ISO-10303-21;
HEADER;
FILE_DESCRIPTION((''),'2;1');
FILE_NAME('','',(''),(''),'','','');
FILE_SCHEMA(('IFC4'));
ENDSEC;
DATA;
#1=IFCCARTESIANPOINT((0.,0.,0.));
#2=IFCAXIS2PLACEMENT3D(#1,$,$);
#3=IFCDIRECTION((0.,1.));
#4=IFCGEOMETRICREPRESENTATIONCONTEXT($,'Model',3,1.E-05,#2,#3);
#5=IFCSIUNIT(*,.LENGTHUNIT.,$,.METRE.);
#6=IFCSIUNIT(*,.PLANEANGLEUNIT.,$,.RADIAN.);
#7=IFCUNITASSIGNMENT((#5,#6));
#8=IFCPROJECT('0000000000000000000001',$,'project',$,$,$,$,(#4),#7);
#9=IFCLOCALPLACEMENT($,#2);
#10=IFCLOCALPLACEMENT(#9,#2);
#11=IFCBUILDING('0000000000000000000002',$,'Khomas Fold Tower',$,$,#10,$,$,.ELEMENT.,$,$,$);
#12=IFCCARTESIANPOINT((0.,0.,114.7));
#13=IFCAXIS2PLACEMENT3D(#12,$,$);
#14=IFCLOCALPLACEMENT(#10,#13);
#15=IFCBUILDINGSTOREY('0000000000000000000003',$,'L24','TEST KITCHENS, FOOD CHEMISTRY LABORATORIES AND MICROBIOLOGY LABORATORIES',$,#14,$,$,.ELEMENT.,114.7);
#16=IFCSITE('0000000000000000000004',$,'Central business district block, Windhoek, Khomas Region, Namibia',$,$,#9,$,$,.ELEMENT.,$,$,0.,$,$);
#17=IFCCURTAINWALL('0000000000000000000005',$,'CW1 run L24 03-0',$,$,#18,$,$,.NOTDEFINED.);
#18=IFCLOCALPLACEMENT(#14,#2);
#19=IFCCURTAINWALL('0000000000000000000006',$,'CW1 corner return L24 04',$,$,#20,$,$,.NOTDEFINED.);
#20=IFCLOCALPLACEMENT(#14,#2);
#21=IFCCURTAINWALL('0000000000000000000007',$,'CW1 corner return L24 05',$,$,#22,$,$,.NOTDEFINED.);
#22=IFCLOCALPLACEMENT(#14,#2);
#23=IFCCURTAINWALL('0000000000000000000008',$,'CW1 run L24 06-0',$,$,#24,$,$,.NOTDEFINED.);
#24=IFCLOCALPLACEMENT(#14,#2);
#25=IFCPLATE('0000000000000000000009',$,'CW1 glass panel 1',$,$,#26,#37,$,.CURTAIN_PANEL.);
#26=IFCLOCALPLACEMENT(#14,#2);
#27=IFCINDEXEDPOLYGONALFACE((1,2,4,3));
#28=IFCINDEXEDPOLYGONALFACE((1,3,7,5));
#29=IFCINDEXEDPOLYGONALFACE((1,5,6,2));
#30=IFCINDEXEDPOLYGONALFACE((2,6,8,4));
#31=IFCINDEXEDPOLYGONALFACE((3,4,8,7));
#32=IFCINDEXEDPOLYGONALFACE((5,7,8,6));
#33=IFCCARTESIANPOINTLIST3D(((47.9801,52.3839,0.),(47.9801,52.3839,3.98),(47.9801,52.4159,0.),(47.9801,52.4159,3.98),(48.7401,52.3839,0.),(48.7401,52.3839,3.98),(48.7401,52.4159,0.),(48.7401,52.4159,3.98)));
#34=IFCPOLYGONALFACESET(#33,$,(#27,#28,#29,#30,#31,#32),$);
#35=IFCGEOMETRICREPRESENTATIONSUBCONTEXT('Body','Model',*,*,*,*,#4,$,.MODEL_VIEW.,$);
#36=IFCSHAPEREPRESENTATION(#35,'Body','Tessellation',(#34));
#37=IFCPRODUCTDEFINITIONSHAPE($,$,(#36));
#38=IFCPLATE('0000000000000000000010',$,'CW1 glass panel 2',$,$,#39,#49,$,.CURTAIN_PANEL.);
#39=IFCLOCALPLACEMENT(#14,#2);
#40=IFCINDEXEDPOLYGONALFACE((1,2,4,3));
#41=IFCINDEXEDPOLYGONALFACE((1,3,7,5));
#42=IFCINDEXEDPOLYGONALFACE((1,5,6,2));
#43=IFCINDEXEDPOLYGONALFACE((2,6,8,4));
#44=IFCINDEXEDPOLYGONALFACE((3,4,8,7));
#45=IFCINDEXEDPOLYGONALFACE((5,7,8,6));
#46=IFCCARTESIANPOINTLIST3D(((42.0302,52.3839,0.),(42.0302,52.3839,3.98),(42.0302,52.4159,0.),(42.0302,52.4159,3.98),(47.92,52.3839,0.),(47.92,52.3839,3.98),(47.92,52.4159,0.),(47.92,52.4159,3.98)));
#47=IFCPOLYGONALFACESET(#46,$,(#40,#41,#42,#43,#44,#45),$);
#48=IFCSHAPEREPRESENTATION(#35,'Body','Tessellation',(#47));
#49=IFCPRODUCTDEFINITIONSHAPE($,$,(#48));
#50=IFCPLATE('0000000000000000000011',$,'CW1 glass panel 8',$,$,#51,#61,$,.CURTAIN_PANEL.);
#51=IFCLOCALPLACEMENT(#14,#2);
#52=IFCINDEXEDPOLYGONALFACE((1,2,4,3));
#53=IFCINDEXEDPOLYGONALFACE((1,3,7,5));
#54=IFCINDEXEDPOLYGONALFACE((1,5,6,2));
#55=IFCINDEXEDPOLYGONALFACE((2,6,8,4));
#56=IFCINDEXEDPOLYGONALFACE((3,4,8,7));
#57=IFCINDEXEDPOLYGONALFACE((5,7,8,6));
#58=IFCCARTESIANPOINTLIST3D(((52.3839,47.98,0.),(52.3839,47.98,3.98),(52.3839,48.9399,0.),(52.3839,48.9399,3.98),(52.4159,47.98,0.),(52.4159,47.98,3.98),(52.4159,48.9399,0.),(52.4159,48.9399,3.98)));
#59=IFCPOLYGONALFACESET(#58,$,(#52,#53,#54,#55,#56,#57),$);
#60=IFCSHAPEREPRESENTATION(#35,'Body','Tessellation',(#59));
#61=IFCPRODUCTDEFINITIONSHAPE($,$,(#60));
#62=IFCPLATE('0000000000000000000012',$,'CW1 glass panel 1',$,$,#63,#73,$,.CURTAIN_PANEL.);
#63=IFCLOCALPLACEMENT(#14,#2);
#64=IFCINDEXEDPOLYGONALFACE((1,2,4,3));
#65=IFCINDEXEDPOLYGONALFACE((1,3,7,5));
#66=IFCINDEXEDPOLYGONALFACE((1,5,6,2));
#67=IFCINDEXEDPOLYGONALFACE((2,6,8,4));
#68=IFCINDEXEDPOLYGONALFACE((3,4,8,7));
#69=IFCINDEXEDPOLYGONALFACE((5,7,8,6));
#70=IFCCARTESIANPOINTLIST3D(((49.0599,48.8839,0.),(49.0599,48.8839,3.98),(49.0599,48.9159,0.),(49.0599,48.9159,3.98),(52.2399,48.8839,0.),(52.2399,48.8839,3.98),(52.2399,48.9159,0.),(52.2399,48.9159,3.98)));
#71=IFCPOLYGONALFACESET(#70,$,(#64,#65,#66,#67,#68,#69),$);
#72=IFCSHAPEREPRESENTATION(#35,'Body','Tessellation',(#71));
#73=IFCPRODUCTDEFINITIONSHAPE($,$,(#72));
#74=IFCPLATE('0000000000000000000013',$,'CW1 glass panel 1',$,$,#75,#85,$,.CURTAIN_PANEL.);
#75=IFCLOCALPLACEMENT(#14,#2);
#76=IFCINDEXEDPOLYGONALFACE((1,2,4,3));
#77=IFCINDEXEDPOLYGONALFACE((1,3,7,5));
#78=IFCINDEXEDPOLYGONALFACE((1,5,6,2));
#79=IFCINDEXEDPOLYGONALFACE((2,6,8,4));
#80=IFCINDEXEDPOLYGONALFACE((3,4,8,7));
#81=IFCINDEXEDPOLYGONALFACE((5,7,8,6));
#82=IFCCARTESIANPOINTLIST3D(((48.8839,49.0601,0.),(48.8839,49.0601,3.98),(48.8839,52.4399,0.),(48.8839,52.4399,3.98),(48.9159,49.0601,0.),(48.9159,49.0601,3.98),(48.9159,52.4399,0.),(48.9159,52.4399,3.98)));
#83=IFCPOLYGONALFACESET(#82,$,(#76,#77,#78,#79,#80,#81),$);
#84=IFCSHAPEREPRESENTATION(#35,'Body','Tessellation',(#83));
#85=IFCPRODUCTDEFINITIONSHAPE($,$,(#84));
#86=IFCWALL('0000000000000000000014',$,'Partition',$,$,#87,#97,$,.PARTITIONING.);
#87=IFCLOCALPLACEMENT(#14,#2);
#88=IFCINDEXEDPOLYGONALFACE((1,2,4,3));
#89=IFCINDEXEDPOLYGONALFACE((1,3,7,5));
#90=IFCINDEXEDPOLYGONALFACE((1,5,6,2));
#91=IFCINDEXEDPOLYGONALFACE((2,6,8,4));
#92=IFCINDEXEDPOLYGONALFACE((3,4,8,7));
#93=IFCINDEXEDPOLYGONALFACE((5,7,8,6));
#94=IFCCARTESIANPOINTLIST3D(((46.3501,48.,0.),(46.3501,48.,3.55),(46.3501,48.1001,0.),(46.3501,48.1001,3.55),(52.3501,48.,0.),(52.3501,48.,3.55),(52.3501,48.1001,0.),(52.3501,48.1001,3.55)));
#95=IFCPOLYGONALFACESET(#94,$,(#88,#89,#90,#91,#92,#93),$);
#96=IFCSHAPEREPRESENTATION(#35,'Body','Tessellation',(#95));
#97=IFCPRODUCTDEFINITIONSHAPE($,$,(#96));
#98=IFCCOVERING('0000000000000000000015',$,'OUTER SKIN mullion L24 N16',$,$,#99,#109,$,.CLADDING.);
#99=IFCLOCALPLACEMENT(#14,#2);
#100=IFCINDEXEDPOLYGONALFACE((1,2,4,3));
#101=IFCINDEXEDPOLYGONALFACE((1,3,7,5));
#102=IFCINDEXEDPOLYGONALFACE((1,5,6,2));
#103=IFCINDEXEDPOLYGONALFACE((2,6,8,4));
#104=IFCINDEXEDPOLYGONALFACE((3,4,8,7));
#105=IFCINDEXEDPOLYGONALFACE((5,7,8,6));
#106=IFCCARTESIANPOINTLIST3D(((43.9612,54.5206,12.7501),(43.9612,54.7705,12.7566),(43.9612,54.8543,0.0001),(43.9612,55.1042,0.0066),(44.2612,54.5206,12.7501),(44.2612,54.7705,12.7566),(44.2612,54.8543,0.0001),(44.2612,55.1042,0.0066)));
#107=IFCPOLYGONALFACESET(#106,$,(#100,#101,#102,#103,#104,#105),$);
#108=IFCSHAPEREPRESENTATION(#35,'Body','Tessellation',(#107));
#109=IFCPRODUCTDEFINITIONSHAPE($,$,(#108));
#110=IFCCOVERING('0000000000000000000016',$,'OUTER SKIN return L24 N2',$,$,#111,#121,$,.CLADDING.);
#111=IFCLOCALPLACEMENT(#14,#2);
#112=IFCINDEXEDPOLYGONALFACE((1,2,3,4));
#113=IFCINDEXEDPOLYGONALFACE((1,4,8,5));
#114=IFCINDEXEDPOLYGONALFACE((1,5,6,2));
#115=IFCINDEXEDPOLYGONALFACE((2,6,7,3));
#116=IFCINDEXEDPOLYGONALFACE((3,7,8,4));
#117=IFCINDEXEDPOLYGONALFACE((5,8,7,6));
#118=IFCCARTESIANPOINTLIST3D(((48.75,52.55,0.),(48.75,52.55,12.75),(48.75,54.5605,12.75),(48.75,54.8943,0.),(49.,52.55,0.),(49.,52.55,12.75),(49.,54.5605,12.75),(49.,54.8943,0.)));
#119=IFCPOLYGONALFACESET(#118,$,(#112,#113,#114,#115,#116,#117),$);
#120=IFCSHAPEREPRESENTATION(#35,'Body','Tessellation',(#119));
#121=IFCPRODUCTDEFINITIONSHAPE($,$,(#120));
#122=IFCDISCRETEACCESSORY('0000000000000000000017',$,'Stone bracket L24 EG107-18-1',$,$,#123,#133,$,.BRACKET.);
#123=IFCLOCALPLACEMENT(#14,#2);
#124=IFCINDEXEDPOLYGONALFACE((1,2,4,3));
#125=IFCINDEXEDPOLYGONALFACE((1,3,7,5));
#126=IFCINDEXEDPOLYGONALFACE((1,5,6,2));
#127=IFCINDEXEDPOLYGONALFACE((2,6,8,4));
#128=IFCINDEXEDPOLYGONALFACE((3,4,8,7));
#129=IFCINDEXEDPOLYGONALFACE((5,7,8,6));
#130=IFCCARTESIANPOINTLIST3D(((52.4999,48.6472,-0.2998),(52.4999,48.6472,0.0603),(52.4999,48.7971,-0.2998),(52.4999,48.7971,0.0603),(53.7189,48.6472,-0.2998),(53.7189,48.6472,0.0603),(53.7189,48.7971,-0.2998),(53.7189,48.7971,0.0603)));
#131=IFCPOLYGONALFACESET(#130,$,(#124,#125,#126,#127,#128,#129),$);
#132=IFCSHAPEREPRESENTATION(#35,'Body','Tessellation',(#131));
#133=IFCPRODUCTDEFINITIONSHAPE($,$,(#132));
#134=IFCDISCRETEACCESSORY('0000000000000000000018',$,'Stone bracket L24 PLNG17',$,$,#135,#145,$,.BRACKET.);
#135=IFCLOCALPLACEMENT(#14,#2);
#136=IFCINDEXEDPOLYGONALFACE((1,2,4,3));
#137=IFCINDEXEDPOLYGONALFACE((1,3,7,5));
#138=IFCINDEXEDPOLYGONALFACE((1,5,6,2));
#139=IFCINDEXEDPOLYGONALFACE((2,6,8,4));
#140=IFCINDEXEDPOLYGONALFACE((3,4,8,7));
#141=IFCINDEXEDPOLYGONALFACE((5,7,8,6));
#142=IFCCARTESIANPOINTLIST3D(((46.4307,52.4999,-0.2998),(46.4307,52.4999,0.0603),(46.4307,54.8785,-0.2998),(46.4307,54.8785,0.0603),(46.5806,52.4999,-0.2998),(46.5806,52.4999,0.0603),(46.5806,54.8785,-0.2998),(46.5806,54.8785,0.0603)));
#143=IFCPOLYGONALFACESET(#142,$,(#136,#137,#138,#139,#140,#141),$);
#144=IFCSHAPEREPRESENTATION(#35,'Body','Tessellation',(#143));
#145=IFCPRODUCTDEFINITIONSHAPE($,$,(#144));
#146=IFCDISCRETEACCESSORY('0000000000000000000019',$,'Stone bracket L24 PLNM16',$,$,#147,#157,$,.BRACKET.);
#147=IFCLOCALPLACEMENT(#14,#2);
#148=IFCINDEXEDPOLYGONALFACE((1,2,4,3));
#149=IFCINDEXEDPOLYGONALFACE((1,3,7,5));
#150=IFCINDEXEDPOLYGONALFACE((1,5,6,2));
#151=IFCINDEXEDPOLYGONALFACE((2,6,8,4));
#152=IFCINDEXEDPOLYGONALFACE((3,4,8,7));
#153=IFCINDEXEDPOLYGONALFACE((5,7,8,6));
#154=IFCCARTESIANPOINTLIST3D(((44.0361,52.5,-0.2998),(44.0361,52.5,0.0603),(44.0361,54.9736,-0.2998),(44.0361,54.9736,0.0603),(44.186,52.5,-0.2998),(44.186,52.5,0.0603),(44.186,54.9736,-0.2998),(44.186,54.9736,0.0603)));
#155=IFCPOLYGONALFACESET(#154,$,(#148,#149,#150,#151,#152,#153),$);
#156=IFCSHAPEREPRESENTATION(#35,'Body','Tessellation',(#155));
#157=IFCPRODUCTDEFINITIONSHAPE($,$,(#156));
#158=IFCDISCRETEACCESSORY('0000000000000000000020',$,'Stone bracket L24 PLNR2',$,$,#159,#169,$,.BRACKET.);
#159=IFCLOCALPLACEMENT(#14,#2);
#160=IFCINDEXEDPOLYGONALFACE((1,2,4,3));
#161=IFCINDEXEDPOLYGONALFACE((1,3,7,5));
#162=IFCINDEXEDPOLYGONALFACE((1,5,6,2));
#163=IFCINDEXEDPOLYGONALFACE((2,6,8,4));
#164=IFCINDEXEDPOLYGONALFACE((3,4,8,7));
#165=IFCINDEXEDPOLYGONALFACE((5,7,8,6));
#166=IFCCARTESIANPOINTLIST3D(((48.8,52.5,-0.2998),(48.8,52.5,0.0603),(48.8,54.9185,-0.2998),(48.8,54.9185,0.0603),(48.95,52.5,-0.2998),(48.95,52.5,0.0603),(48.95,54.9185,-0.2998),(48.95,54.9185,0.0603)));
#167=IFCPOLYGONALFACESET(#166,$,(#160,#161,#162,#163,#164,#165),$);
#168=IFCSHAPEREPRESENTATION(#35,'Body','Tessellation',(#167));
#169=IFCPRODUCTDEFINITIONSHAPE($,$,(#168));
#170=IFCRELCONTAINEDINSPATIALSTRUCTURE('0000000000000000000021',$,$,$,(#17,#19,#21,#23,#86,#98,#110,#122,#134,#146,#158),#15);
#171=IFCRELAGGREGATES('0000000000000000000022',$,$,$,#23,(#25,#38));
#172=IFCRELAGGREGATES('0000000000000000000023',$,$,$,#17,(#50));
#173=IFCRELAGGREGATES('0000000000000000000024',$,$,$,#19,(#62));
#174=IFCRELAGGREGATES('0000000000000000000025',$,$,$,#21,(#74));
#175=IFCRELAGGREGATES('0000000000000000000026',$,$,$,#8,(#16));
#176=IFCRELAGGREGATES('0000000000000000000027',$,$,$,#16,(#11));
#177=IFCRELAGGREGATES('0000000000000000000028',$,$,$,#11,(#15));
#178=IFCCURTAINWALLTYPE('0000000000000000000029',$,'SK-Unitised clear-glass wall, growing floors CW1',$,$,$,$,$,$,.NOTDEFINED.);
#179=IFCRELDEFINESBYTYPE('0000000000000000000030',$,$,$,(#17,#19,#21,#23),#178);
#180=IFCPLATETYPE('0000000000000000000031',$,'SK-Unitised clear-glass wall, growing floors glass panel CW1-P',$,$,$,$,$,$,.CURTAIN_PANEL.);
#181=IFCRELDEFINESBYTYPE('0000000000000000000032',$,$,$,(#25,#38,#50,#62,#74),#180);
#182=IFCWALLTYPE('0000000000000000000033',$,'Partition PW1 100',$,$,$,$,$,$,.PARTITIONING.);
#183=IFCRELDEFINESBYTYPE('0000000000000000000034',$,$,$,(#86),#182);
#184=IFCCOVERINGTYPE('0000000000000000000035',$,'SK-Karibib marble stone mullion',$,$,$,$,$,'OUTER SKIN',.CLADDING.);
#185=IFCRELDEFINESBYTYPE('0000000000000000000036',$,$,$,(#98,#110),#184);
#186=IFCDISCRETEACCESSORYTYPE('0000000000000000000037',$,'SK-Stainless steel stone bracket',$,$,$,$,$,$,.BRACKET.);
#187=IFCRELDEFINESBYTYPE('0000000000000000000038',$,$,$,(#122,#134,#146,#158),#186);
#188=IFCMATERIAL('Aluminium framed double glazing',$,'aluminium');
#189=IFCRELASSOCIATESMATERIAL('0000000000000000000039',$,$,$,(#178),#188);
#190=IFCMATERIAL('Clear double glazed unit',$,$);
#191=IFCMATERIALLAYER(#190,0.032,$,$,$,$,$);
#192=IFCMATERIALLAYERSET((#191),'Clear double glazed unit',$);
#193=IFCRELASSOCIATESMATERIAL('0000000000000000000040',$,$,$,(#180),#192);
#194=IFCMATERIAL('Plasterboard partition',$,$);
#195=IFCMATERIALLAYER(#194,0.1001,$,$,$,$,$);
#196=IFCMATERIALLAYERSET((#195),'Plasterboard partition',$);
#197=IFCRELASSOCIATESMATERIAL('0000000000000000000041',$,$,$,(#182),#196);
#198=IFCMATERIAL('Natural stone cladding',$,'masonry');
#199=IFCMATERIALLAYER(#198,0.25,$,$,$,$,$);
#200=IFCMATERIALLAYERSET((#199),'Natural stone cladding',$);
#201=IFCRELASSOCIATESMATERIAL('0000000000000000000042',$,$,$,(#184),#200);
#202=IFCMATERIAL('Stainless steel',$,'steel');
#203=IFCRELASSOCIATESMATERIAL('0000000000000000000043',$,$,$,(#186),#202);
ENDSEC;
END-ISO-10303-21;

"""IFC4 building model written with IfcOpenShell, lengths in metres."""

from ifc_helpers import new_model, si_unit, direction, frame, frame_2d, origin, origin_2d, place, context, subcontext, project, spatial, polyline, rectangle, outline, extrude, source, transform, mapped, material, layer, layer_set, type_object, element, aggregate, save


model = new_model("IFC4")

# Units and contexts
model_context = context("Model", 3, precision=1e-05, world=origin(), true_north=direction((0.0, 1.0)))
body_context = subcontext(model_context, "Body", "Model", "MODEL_VIEW")
ifc_project = project(units=[si_unit("LENGTHUNIT", "METRE"), si_unit("PLANEANGLEUNIT", "RADIAN")], contexts=[model_context])

# Site, building, storey
site_placement = place(None, origin())
site = spatial("IfcSite", under=ifc_project, at=site_placement, Name="Central business district block, Windhoek, Khomas Region, Namibia", CompositionType="ELEMENT", RefElevation=0.0)
building_placement = place(site_placement, origin())
building = spatial("IfcBuilding", under=site, at=building_placement, Name="Khomas Fold Tower", CompositionType="ELEMENT")
storey_placement = place(building_placement, frame((0.0, 0.0, 114.7)))
storey = spatial("IfcBuildingStorey", under=building, at=storey_placement, Name="L24", Description="TEST KITCHENS, FOOD CHEMISTRY LABORATORIES AND MICROBIOLOGY LABORATORIES", CompositionType="ELEMENT", Elevation=114.7)

# Curtain walls
ifc_material_1 = material(Name="Aluminium framed double glazing", Category="aluminium")
curtain_wall_type = type_object("IfcCurtainWallType", Name="SK-Unitised clear-glass wall, growing floors CW1", PredefinedType="NOTDEFINED", material=ifc_material_1)
curtain_wall_1_placement = place(storey_placement, origin())
curtain_wall_1 = element("IfcCurtainWall", 1, at=curtain_wall_1_placement, inside=storey, type_object=curtain_wall_type, Name="CW1 run L24 03-0", PredefinedType="NOTDEFINED")
curtain_wall_2_placement = place(storey_placement, origin())
curtain_wall_2 = element("IfcCurtainWall", 2, at=curtain_wall_2_placement, inside=storey, type_object=curtain_wall_type, Name="CW1 corner return L24 04", PredefinedType="NOTDEFINED")
curtain_wall_3_placement = place(storey_placement, origin())
curtain_wall_3 = element("IfcCurtainWall", 3, at=curtain_wall_3_placement, inside=storey, type_object=curtain_wall_type, Name="CW1 corner return L24 05", PredefinedType="NOTDEFINED")
curtain_wall_4_placement = place(storey_placement, origin())
curtain_wall_4 = element("IfcCurtainWall", 4, at=curtain_wall_4_placement, inside=storey, type_object=curtain_wall_type, Name="CW1 run L24 06-0", PredefinedType="NOTDEFINED")

# Plates
ifc_material_2 = material(Name="Clear double glazed unit")
ifc_layer_1 = layer(ifc_material_2, 0.032)
ifc_layer_set_1 = layer_set([ifc_layer_1], Name="Clear double glazed unit")
plate_type_1 = type_object("IfcPlateType", Name="SK-Unitised clear-glass wall, growing floors glass panel CW1-P", PredefinedType="CURTAIN_PANEL", material=ifc_layer_set_1)
shared_shape_1 = source(origin(), body_context, "Body", "SweptSolid", [
    extrude(rectangle(XDim=0.76, YDim=0.032, at=origin_2d()), origin(), (0.0, 0.0, 1.0), 3.98),
])
plate_1_placement = place(storey_placement, frame((48.3601, 52.3999, 0.0), z_axis=(0.0, 0.0, 1.0), x_axis=(-1.0, 0.0, 0.0)))
plate_1 = element("IfcPlate", 5, at=plate_1_placement, type_object=plate_type_1, Name="CW1 glass panel 1", PredefinedType="CURTAIN_PANEL", context=body_context, shape_type="MappedRepresentation", body=[
    mapped(shared_shape_1, transform((0.0, 0.0, 0.0))),
])
shared_shape_2 = source(origin(), body_context, "Body", "SweptSolid", [
    extrude(rectangle(XDim=5.8899, YDim=0.032, at=origin_2d()), origin(), (0.0, 0.0, 1.0), 3.98),
])
plate_2_placement = place(storey_placement, frame((44.9751, 52.3999, 0.0), z_axis=(0.0, 0.0, 1.0), x_axis=(-1.0, 0.0, 0.0)))
plate_2 = element("IfcPlate", 6, at=plate_2_placement, type_object=plate_type_1, Name="CW1 glass panel 2", PredefinedType="CURTAIN_PANEL", context=body_context, shape_type="MappedRepresentation", body=[
    mapped(shared_shape_2, transform((0.0, 0.0, 0.0))),
])
aggregate(curtain_wall_4, [plate_1, plate_2])
shared_shape_3 = source(origin(), body_context, "Body", "SweptSolid", [
    extrude(rectangle(XDim=0.96, YDim=0.032, at=origin_2d()), origin(), (0.0, 0.0, 1.0), 3.98),
])
plate_3_placement = place(storey_placement, frame((52.3999, 48.46, 0.0), z_axis=(0.0, 0.0, 1.0), x_axis=(0.0, 1.0, 0.0)))
plate_3 = element("IfcPlate", 7, at=plate_3_placement, type_object=plate_type_1, Name="CW1 glass panel 8", PredefinedType="CURTAIN_PANEL", context=body_context, shape_type="MappedRepresentation", body=[
    mapped(shared_shape_3, transform((0.0, 0.0, 0.0))),
])
aggregate(curtain_wall_1, [plate_3])
shared_shape_4 = source(origin(), body_context, "Body", "SweptSolid", [
    extrude(rectangle(XDim=3.1799, YDim=0.032, at=origin_2d()), origin(), (0.0, 0.0, 1.0), 3.98),
])
plate_4_placement = place(storey_placement, frame((50.6499, 48.8999, 0.0), z_axis=(0.0, 0.0, 1.0), x_axis=(-1.0, 0.0, 0.0)))
plate_4 = element("IfcPlate", 8, at=plate_4_placement, type_object=plate_type_1, Name="CW1 glass panel 1", PredefinedType="CURTAIN_PANEL", context=body_context, shape_type="MappedRepresentation", body=[
    mapped(shared_shape_4, transform((0.0, 0.0, 0.0))),
])
aggregate(curtain_wall_2, [plate_4])
shared_shape_5 = source(origin(), body_context, "Body", "SweptSolid", [
    extrude(rectangle(XDim=3.3799, YDim=0.032, at=origin_2d()), origin(), (0.0, 0.0, 1.0), 3.98),
])
plate_5_placement = place(storey_placement, frame((48.8999, 50.75, 0.0), z_axis=(0.0, 0.0, 1.0), x_axis=(0.0, 1.0, 0.0)))
plate_5 = element("IfcPlate", 9, at=plate_5_placement, type_object=plate_type_1, Name="CW1 glass panel 1", PredefinedType="CURTAIN_PANEL", context=body_context, shape_type="MappedRepresentation", body=[
    mapped(shared_shape_5, transform((0.0, 0.0, 0.0))),
])
aggregate(curtain_wall_3, [plate_5])

# Wall
ifc_material_3 = material(Name="Plasterboard partition")
ifc_layer_2 = layer(ifc_material_3, 0.1001)
ifc_layer_set_2 = layer_set([ifc_layer_2], Name="Plasterboard partition")
wall_type = type_object("IfcWallType", Name="Partition PW1 100", PredefinedType="PARTITIONING", material=ifc_layer_set_2)
shared_shape_6 = source(origin(), body_context, "Body", "SweptSolid", [
    extrude(rectangle(XDim=6.0, YDim=0.1001, at=frame_2d((3.0, 0.0))), origin(), (0.0, 0.0, 1.0), 3.55),
])
wall_placement = place(storey_placement, frame((46.3501, 48.05, 0.0), z_axis=(0.0, 0.0, 1.0), x_axis=(1.0, 0.0, 0.0)))
element("IfcWall", 10, at=wall_placement, inside=storey, type_object=wall_type, Name="Partition", PredefinedType="PARTITIONING", context=body_context, shape_type="MappedRepresentation", body=[
    mapped(shared_shape_6, transform((0.0, 0.0, 0.0))),
])

# Coverings
ifc_material_4 = material(Name="Natural stone cladding", Category="masonry")
ifc_layer_3 = layer(ifc_material_4, 0.25)
ifc_layer_set_3 = layer_set([ifc_layer_3], Name="Natural stone cladding")
covering_type = type_object("IfcCoveringType", Name="SK-Karibib marble stone mullion", ElementType="OUTER SKIN", PredefinedType="CLADDING", material=ifc_layer_set_3)
covering_1_placement = place(storey_placement, frame((43.9612, 55.1042, 0.0066), z_axis=(0.0, 0.999658, 0.026167), x_axis=(1.0, 0.0, 0.0)))
element("IfcCovering", 11, at=covering_1_placement, inside=storey, type_object=covering_type, Name="OUTER SKIN mullion L24 N16", PredefinedType="CLADDING", context=body_context, shape_type="SweptSolid", body=[
    extrude(outline(polyline([(0.0, 0.0), (0.3, 0.0), (0.3, -12.7544), (0.0, -12.7544), (0.0, 0.0)])), origin(), (0.0, 0.0, -1.0), 0.25),
])
covering_2_placement = place(storey_placement, frame((49.0, 52.55, 0.0), z_axis=(1.0, 0.0, 0.0), x_axis=(0.0, 1.0, 0.0)))
element("IfcCovering", 12, at=covering_2_placement, inside=storey, type_object=covering_type, Name="OUTER SKIN return L24 N2", PredefinedType="CLADDING", context=body_context, shape_type="SweptSolid", body=[
    extrude(outline(polyline([(0.0, 0.0), (2.3442, 0.0), (2.0105, 12.75), (0.0, 12.75), (0.0, 0.0)])), origin(), (0.0, 0.0, -1.0), 0.25),
])

# Discrete accessories
ifc_material_5 = material(Name="Stainless steel", Category="steel")
discrete_accessory_type = type_object("IfcDiscreteAccessoryType", Name="SK-Stainless steel stone bracket", PredefinedType="BRACKET", material=ifc_material_5)
shared_shape_7 = source(origin(), body_context, "Body", "SweptSolid", [
    extrude(rectangle(XDim=1.219, YDim=0.1499, at=origin_2d()), origin(), (0.0, 0.0, 1.0), 0.3601),
])
discrete_accessory_1_placement = place(storey_placement, frame((53.1094, 48.7222, -0.2998), z_axis=(0.0, 0.0, 1.0), x_axis=(1.0, 0.0, 0.0)))
element("IfcDiscreteAccessory", 13, at=discrete_accessory_1_placement, inside=storey, type_object=discrete_accessory_type, Name="Stone bracket L24 EG107-18-1", PredefinedType="BRACKET", context=body_context, shape_type="MappedRepresentation", body=[
    mapped(shared_shape_7, transform((0.0, 0.0, 0.0))),
])
shared_shape_8 = source(origin(), body_context, "Body", "SweptSolid", [
    extrude(rectangle(XDim=2.3787, YDim=0.1499, at=origin_2d()), origin(), (0.0, 0.0, 1.0), 0.3601),
])
discrete_accessory_2_placement = place(storey_placement, frame((46.5056, 53.6892, -0.2998), z_axis=(0.0, 0.0, 1.0), x_axis=(0.0, 1.0, 0.0)))
element("IfcDiscreteAccessory", 14, at=discrete_accessory_2_placement, inside=storey, type_object=discrete_accessory_type, Name="Stone bracket L24 PLNG17", PredefinedType="BRACKET", context=body_context, shape_type="MappedRepresentation", body=[
    mapped(shared_shape_8, transform((0.0, 0.0, 0.0))),
])
shared_shape_9 = source(origin(), body_context, "Body", "SweptSolid", [
    extrude(rectangle(XDim=2.4736, YDim=0.1499, at=origin_2d()), origin(), (0.0, 0.0, 1.0), 0.3601),
])
discrete_accessory_3_placement = place(storey_placement, frame((44.1111, 53.7368, -0.2998), z_axis=(0.0, 0.0, 1.0), x_axis=(0.0, 1.0, 0.0)))
element("IfcDiscreteAccessory", 15, at=discrete_accessory_3_placement, inside=storey, type_object=discrete_accessory_type, Name="Stone bracket L24 PLNM16", PredefinedType="BRACKET", context=body_context, shape_type="MappedRepresentation", body=[
    mapped(shared_shape_9, transform((0.0, 0.0, 0.0))),
])
shared_shape_10 = source(origin(), body_context, "Body", "SweptSolid", [
    extrude(rectangle(XDim=2.4185, YDim=0.1499, at=origin_2d()), origin(), (0.0, 0.0, 1.0), 0.3601),
])
discrete_accessory_4_placement = place(storey_placement, frame((48.875, 53.7092, -0.2998), z_axis=(0.0, 0.0, 1.0), x_axis=(0.0, 1.0, 0.0)))
element("IfcDiscreteAccessory", 16, at=discrete_accessory_4_placement, inside=storey, type_object=discrete_accessory_type, Name="Stone bracket L24 PLNR2", PredefinedType="BRACKET", context=body_context, shape_type="MappedRepresentation", body=[
    mapped(shared_shape_10, transform((0.0, 0.0, 0.0))),
])

save(model, "model.ifc")
